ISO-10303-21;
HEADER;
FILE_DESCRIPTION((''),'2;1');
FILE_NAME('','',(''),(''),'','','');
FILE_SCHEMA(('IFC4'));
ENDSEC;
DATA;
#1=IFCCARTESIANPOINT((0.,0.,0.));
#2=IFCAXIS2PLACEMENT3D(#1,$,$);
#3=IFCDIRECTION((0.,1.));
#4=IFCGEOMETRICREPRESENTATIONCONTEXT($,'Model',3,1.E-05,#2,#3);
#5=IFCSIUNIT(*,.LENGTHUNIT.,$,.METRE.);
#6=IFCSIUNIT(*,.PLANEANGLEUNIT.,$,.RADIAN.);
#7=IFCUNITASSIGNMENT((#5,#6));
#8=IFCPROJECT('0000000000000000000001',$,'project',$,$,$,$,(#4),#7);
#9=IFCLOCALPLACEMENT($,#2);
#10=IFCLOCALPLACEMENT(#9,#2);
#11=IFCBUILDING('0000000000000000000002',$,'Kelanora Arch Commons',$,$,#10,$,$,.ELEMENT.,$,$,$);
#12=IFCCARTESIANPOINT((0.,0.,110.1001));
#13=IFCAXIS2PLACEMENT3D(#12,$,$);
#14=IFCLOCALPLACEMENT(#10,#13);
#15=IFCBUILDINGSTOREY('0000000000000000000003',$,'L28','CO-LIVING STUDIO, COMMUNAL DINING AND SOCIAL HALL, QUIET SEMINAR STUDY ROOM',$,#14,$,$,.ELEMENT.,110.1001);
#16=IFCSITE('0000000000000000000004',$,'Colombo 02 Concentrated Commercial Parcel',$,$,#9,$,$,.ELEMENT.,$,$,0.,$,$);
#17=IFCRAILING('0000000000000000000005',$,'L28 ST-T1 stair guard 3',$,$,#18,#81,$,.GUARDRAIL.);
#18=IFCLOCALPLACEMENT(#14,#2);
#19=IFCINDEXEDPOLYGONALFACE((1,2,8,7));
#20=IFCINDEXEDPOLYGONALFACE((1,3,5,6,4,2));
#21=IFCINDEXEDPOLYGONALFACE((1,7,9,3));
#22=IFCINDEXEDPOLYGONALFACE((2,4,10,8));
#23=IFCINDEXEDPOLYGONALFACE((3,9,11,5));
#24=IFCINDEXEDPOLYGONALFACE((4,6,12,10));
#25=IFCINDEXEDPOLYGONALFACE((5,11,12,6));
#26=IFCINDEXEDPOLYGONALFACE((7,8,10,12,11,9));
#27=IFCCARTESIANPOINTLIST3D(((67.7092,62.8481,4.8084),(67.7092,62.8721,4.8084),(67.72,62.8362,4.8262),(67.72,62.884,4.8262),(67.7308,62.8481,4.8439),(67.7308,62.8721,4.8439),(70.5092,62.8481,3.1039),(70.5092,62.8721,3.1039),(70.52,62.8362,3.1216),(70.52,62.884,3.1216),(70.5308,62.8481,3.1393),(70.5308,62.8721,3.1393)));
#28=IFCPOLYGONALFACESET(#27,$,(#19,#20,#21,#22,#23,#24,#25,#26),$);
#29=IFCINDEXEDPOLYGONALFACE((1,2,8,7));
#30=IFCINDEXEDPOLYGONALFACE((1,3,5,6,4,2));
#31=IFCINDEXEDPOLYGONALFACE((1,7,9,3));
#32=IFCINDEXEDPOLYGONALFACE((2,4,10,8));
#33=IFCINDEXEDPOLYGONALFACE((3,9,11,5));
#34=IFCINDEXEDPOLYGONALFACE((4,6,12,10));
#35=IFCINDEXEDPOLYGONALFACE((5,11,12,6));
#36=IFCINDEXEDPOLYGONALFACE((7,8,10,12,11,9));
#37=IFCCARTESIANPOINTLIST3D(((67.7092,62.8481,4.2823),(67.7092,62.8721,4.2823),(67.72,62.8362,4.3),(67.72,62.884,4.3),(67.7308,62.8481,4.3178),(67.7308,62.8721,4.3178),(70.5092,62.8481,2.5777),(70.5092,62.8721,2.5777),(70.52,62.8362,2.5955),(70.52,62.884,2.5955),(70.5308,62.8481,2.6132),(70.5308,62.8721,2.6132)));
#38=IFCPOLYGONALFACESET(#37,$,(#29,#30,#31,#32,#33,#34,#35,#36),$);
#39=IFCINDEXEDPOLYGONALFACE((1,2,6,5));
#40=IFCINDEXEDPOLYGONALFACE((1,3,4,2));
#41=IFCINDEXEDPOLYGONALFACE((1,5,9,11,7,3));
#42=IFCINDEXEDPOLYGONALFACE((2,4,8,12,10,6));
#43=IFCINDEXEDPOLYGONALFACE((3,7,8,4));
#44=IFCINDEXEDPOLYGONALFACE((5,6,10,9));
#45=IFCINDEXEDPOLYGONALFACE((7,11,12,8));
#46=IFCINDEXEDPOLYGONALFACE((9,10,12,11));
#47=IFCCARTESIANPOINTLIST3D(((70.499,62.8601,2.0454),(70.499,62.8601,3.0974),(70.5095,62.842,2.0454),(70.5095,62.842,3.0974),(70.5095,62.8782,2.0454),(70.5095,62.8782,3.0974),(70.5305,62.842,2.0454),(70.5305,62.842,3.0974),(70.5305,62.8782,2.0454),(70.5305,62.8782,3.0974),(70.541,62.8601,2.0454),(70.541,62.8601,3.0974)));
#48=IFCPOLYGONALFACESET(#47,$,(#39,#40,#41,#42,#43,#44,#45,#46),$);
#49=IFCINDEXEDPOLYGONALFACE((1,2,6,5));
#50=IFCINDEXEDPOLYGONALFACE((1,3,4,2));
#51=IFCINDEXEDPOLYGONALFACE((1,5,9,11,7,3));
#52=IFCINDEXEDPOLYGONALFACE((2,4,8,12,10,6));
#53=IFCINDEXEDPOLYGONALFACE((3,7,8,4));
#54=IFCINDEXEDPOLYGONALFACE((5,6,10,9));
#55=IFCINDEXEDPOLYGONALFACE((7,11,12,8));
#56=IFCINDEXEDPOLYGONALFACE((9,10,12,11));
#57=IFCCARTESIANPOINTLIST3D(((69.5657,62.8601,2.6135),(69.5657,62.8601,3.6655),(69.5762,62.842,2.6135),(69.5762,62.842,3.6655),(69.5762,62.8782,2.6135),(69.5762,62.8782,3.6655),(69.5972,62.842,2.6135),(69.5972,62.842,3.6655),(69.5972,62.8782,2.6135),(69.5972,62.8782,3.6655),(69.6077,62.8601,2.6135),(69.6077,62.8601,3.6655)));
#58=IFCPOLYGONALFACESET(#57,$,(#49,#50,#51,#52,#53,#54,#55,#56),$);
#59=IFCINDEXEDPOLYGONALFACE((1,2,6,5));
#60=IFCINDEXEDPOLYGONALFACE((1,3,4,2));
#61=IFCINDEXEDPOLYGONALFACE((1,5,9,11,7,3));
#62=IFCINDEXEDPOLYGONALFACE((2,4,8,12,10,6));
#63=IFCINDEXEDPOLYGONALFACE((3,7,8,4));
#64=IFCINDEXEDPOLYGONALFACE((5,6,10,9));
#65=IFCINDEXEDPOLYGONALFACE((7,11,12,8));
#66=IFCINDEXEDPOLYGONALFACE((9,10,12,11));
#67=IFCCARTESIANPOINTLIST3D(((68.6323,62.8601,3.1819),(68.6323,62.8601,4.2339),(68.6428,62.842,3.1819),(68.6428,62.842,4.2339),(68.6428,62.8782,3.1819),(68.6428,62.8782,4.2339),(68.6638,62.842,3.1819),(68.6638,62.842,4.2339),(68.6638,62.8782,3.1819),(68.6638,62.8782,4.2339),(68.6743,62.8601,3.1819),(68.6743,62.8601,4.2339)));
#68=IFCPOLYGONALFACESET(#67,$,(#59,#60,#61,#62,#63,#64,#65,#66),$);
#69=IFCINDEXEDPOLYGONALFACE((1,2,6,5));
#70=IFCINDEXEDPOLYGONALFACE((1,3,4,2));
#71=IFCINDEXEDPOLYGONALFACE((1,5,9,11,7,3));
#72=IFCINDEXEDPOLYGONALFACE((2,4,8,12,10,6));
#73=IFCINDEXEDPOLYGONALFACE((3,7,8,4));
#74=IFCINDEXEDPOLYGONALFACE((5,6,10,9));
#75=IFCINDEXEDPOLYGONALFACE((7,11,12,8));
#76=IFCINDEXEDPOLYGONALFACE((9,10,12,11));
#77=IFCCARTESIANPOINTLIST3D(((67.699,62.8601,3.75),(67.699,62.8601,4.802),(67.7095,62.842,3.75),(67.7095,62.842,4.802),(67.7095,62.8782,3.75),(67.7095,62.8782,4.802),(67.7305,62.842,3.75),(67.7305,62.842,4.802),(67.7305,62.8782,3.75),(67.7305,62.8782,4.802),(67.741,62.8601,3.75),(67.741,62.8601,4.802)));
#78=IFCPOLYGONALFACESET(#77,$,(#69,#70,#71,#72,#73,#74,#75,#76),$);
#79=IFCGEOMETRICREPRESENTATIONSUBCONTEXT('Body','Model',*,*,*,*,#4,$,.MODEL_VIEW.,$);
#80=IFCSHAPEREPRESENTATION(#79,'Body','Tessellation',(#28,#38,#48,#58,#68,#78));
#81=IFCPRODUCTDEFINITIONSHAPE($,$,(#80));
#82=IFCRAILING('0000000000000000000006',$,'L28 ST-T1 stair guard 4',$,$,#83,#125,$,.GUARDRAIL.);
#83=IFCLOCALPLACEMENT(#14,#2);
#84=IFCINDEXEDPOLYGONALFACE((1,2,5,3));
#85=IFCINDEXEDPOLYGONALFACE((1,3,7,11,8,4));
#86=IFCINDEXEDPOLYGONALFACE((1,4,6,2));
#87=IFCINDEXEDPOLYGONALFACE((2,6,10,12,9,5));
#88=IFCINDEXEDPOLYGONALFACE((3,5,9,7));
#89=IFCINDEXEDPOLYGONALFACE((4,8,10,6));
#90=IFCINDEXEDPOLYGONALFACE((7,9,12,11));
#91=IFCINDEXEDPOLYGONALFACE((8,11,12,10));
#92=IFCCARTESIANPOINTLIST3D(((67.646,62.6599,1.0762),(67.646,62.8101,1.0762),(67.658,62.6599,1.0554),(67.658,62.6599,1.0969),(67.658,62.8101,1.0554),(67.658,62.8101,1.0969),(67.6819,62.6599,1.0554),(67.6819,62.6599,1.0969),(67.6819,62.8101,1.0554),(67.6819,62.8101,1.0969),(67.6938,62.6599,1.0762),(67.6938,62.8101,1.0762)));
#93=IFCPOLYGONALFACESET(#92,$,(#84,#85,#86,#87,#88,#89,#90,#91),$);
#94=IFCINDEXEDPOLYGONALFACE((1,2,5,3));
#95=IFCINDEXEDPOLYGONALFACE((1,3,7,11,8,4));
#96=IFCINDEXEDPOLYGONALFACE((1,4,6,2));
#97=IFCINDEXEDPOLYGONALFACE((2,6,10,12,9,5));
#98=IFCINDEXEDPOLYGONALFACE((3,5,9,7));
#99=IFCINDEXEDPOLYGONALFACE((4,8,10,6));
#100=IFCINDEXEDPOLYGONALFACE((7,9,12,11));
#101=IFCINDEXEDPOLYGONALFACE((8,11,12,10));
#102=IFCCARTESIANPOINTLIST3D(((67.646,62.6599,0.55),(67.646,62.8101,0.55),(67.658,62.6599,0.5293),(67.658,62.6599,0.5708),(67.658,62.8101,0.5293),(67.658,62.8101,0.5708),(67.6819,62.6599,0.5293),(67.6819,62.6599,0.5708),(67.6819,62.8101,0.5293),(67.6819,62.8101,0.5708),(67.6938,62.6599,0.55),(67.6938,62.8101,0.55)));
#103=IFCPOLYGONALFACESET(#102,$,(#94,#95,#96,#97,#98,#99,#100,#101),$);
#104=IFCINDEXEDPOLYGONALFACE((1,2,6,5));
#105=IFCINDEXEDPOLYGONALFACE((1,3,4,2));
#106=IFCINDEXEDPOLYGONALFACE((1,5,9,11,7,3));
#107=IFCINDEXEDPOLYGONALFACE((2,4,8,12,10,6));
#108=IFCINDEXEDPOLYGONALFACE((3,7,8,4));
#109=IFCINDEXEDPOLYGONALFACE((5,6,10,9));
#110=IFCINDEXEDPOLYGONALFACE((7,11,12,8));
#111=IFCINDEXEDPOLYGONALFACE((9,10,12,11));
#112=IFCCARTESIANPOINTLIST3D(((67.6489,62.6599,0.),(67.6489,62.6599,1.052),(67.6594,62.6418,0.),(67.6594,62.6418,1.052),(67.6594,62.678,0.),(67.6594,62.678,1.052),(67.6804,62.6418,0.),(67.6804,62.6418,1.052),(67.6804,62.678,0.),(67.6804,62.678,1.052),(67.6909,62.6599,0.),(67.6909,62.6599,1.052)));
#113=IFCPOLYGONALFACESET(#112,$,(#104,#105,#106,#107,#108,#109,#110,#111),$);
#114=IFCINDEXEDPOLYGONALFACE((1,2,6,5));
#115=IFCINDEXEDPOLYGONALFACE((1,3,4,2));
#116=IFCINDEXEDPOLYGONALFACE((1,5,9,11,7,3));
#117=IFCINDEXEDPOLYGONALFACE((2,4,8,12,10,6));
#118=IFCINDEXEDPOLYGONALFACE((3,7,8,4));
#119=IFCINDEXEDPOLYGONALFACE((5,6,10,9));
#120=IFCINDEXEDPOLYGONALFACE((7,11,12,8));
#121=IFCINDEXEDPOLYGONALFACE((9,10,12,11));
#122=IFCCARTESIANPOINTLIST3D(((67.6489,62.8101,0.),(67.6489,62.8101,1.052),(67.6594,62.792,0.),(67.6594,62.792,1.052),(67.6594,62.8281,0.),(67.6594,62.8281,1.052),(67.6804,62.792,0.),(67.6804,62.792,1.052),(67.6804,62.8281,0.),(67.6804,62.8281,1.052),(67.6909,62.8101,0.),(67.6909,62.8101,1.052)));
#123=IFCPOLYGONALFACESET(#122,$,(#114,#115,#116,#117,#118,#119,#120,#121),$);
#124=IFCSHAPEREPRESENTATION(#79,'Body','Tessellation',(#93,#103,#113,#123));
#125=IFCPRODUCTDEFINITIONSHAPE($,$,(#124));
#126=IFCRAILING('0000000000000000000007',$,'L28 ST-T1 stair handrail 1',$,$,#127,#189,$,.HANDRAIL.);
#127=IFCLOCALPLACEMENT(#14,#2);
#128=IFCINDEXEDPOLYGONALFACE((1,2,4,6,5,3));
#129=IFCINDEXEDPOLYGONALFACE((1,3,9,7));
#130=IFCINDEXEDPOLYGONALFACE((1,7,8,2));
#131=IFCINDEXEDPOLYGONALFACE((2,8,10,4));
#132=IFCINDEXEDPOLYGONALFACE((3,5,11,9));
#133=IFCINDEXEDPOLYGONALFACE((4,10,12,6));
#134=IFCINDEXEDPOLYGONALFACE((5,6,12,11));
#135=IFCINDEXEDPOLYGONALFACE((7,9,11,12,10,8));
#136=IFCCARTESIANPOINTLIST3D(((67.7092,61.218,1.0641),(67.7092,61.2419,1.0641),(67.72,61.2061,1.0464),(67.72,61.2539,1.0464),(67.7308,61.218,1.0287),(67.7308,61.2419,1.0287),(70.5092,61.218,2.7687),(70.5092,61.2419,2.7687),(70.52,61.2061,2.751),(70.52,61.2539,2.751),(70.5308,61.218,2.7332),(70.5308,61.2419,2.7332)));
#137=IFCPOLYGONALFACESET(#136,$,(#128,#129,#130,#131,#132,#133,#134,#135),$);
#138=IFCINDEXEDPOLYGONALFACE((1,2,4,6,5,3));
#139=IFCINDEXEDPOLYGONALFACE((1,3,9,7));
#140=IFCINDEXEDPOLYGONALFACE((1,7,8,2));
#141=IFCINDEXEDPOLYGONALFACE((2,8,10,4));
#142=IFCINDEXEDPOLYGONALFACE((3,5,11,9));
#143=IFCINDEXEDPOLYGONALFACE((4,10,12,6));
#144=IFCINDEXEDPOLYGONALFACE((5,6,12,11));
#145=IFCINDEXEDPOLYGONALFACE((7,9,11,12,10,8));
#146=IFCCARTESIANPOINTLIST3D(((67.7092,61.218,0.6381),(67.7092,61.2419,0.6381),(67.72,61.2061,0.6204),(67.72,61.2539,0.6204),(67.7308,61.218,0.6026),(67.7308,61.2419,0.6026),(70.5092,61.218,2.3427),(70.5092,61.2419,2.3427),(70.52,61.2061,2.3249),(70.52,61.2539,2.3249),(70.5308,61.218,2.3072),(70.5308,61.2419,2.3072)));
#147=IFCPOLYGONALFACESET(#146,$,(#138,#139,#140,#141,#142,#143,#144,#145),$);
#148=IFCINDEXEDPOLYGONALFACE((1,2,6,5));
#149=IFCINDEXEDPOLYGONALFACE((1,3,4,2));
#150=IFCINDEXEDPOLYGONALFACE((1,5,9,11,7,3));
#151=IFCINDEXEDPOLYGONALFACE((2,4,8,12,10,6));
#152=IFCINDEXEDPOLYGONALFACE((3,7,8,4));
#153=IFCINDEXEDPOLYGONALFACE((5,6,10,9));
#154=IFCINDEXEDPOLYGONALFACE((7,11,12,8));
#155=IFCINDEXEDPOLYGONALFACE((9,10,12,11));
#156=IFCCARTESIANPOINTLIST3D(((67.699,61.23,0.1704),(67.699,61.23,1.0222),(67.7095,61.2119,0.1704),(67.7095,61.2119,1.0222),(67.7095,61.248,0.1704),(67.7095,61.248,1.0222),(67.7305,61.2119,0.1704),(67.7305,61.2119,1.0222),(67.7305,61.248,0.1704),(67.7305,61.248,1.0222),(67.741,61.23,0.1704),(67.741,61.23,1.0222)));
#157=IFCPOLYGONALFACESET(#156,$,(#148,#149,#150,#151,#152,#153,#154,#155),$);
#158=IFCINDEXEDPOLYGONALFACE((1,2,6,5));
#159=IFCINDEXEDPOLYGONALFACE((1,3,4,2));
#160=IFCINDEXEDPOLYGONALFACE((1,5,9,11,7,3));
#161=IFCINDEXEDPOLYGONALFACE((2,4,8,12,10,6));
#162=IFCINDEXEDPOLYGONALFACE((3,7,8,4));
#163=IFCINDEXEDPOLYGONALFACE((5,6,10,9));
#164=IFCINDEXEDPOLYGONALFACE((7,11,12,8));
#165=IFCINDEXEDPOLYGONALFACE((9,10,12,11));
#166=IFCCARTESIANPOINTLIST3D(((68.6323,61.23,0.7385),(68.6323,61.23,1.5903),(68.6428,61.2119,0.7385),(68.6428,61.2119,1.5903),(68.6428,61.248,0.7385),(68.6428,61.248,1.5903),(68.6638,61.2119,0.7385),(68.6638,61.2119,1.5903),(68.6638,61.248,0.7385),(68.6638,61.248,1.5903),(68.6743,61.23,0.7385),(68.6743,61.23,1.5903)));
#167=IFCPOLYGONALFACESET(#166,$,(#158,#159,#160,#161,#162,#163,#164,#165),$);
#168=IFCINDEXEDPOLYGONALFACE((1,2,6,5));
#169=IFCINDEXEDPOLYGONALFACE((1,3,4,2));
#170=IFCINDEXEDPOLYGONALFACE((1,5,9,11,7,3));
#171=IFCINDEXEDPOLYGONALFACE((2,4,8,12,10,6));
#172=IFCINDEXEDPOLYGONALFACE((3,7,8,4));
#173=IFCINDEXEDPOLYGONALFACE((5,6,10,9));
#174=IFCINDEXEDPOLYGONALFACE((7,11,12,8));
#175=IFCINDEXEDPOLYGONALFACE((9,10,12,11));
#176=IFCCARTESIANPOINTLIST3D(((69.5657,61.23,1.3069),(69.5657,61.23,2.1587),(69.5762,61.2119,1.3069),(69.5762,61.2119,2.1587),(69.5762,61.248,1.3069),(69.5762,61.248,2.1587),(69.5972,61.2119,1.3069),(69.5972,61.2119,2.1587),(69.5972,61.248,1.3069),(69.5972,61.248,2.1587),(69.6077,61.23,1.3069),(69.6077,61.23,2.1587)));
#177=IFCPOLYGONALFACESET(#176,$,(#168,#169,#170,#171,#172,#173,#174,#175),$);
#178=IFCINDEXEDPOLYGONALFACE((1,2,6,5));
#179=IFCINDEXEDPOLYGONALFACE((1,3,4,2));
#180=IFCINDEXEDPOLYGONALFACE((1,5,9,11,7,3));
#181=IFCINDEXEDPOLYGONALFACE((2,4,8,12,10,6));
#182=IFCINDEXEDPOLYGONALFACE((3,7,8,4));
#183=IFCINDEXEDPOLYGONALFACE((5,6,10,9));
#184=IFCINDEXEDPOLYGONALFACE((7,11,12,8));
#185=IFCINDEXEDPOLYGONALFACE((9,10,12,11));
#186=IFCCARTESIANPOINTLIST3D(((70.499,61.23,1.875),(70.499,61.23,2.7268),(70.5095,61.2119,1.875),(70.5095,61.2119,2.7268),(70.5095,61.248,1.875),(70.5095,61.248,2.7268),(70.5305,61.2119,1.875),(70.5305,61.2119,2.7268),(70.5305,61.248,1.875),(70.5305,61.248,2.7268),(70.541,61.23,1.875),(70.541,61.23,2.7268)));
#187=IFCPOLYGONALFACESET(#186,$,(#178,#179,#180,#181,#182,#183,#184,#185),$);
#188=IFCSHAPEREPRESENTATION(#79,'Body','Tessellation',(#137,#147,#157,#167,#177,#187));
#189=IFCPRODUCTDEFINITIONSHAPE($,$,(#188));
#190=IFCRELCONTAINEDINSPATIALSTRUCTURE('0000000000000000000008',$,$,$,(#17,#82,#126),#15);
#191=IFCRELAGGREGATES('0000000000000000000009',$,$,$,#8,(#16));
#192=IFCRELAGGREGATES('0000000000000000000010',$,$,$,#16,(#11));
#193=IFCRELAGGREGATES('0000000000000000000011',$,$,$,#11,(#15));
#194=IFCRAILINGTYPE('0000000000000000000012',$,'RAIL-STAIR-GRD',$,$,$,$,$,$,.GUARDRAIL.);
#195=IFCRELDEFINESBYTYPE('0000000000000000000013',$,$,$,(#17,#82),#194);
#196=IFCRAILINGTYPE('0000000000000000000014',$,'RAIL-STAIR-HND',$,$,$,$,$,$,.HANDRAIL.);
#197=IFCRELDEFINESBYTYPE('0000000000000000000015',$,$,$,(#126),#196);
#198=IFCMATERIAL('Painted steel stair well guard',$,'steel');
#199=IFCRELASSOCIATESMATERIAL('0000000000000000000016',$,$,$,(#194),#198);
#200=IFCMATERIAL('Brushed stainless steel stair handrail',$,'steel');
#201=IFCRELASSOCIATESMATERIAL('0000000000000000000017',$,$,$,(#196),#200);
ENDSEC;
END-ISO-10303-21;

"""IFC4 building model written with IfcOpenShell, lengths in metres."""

from ifc_helpers import new_model, si_unit, direction, frame, origin, place, context, subcontext, project, spatial, polyline, outline, extrude, material, type_object, element, save


model = new_model("IFC4")

# Units and contexts
model_context = context("Model", 3, precision=1e-05, world=origin(), true_north=direction((0.0, 1.0)))
body_context = subcontext(model_context, "Body", "Model", "MODEL_VIEW")
ifc_project = project(units=[si_unit("LENGTHUNIT", "METRE"), si_unit("PLANEANGLEUNIT", "RADIAN")], contexts=[model_context])

# Site, building, storey
site_placement = place(None, origin())
site = spatial("IfcSite", under=ifc_project, at=site_placement, Name="Colombo 02 Concentrated Commercial Parcel", CompositionType="ELEMENT", RefElevation=0.0)
building_placement = place(site_placement, origin())
building = spatial("IfcBuilding", under=site, at=building_placement, Name="Kelanora Arch Commons", CompositionType="ELEMENT")
storey_placement = place(building_placement, frame((0.0, 0.0, 110.1001)))
storey = spatial("IfcBuildingStorey", under=building, at=storey_placement, Name="L28", Description="CO-LIVING STUDIO, COMMUNAL DINING AND SOCIAL HALL, QUIET SEMINAR STUDY ROOM", CompositionType="ELEMENT", Elevation=110.1001)

# Railings
ifc_material_1 = material(Name="Painted steel stair well guard", Category="steel")
railing_type_1 = type_object("IfcRailingType", Name="RAIL-STAIR-GRD", PredefinedType="GUARDRAIL", material=ifc_material_1)
railing_1_placement = place(storey_placement, frame((70.52, 62.8601, 2.0454)))
element("IfcRailing", 1, at=railing_1_placement, inside=storey, type_object=railing_type_1, Name="L28 ST-T1 stair guard 3", PredefinedType="GUARDRAIL", context=body_context, shape_type="SweptSolid", body=[
    extrude(outline(polyline([(0.0239, 0.0), (0.012, 0.0208), (-0.012, 0.0208), (-0.0239, 0.0), (-0.012, -0.0208), (0.012, -0.0208), (0.0239, 0.0)])), frame((0.0, 0.0, 1.0762), z_axis=(-0.85417, 0.0, 0.519994), x_axis=(0.0, -1.0, 0.0)), (0.0, 0.0, 1.0), 3.2781),
    extrude(outline(polyline([(0.0239, 0.0), (0.012, 0.0208), (-0.012, 0.0208), (-0.0239, 0.0), (-0.012, -0.0208), (0.012, -0.0208), (0.0239, 0.0)])), frame((0.0, 0.0, 0.55), z_axis=(-0.85417, 0.0, 0.519994), x_axis=(0.0, -1.0, 0.0)), (0.0, 0.0, 1.0), 3.2781),
    extrude(outline(polyline([(0.021, 0.0), (0.0105, 0.0181), (-0.0105, 0.0181), (-0.021, 0.0), (-0.0105, -0.0181), (0.0105, -0.0181), (0.021, 0.0)])), origin(), (0.0, 0.0, 1.0), 1.052),
    extrude(outline(polyline([(0.021, 0.0), (0.0105, 0.0181), (-0.0105, 0.0181), (-0.021, 0.0), (-0.0105, -0.0181), (0.0105, -0.0181), (0.021, 0.0)])), frame((-0.9333, 0.0, 0.5681)), (0.0, 0.0, 1.0), 1.052),
    extrude(outline(polyline([(0.021, 0.0), (0.0105, 0.0181), (-0.0105, 0.0181), (-0.021, 0.0), (-0.0105, -0.0181), (0.0105, -0.0181), (0.021, 0.0)])), frame((-1.8667, 0.0, 1.1365)), (0.0, 0.0, 1.0), 1.052),
    extrude(outline(polyline([(0.021, 0.0), (0.0105, 0.0181), (-0.0105, 0.0181), (-0.021, 0.0), (-0.0105, -0.0181), (0.0105, -0.0181), (0.021, 0.0)])), frame((-2.8, 0.0, 1.7046)), (0.0, 0.0, 1.0), 1.052),
])
railing_2_placement = place(storey_placement, frame((67.6699, 62.6599, 0.0)))
element("IfcRailing", 2, at=railing_2_placement, inside=storey, type_object=railing_type_1, Name="L28 ST-T1 stair guard 4", PredefinedType="GUARDRAIL", context=body_context, shape_type="SweptSolid", body=[
    extrude(outline(polyline([(0.0239, 0.0), (0.012, 0.0208), (-0.012, 0.0208), (-0.0239, 0.0), (-0.012, -0.0208), (0.012, -0.0208), (0.0239, 0.0)])), frame((0.0, 0.0, 1.0762), z_axis=(0.0, 1.0, 0.0), x_axis=(-1.0, 0.0, 0.0)), (0.0, 0.0, 1.0), 0.1501),
    extrude(outline(polyline([(0.0239, 0.0), (0.012, 0.0208), (-0.012, 0.0208), (-0.0239, 0.0), (-0.012, -0.0208), (0.012, -0.0208), (0.0239, 0.0)])), frame((0.0, 0.0, 0.55), z_axis=(0.0, 1.0, 0.0), x_axis=(-1.0, 0.0, 0.0)), (0.0, 0.0, 1.0), 0.1501),
    extrude(outline(polyline([(0.021, 0.0), (0.0105, 0.0181), (-0.0105, 0.0181), (-0.021, 0.0), (-0.0105, -0.0181), (0.0105, -0.0181), (0.021, 0.0)])), origin(), (0.0, 0.0, 1.0), 1.052),
    extrude(outline(polyline([(0.021, 0.0), (0.0105, 0.0181), (-0.0105, 0.0181), (-0.021, 0.0), (-0.0105, -0.0181), (0.0105, -0.0181), (0.021, 0.0)])), frame((0.0, 0.1501, 0.0)), (0.0, 0.0, 1.0), 1.052),
])
ifc_material_2 = material(Name="Brushed stainless steel stair handrail", Category="steel")
railing_type_2 = type_object("IfcRailingType", Name="RAIL-STAIR-HND", PredefinedType="HANDRAIL", material=ifc_material_2)
railing_3_placement = place(storey_placement, frame((67.72, 61.23, 0.1704)))
element("IfcRailing", 3, at=railing_3_placement, inside=storey, type_object=railing_type_2, Name="L28 ST-T1 stair handrail 1", PredefinedType="HANDRAIL", context=body_context, shape_type="SweptSolid", body=[
    extrude(outline(polyline([(0.0239, 0.0), (0.012, 0.0208), (-0.012, 0.0208), (-0.0239, 0.0), (-0.012, -0.0208), (0.012, -0.0208), (0.0239, 0.0)])), frame((0.0, 0.0, 0.876), z_axis=(0.85417, 0.0, 0.519994), x_axis=(0.0, 1.0, 0.0)), (0.0, 0.0, 1.0), 3.2781),
    extrude(outline(polyline([(0.0239, 0.0), (0.012, 0.0208), (-0.012, 0.0208), (-0.0239, 0.0), (-0.012, -0.0208), (0.012, -0.0208), (0.0239, 0.0)])), frame((0.0, 0.0, 0.45), z_axis=(0.85417, 0.0, 0.519994), x_axis=(0.0, 1.0, 0.0)), (0.0, 0.0, 1.0), 3.2781),
    extrude(outline(polyline([(0.021, 0.0), (0.0105, 0.0181), (-0.0105, 0.0181), (-0.021, 0.0), (-0.0105, -0.0181), (0.0105, -0.0181), (0.021, 0.0)])), origin(), (0.0, 0.0, 1.0), 0.8518),
    extrude(outline(polyline([(0.021, 0.0), (0.0105, 0.0181), (-0.0105, 0.0181), (-0.021, 0.0), (-0.0105, -0.0181), (0.0105, -0.0181), (0.021, 0.0)])), frame((0.9333, 0.0, 0.5681)), (0.0, 0.0, 1.0), 0.8518),
    extrude(outline(polyline([(0.021, 0.0), (0.0105, 0.0181), (-0.0105, 0.0181), (-0.021, 0.0), (-0.0105, -0.0181), (0.0105, -0.0181), (0.021, 0.0)])), frame((1.8667, 0.0, 1.1365)), (0.0, 0.0, 1.0), 0.8518),
    extrude(outline(polyline([(0.021, 0.0), (0.0105, 0.0181), (-0.0105, 0.0181), (-0.021, 0.0), (-0.0105, -0.0181), (0.0105, -0.0181), (0.021, 0.0)])), frame((2.8, 0.0, 1.7046)), (0.0, 0.0, 1.0), 0.8518),
])

save(model, "model.ifc")
